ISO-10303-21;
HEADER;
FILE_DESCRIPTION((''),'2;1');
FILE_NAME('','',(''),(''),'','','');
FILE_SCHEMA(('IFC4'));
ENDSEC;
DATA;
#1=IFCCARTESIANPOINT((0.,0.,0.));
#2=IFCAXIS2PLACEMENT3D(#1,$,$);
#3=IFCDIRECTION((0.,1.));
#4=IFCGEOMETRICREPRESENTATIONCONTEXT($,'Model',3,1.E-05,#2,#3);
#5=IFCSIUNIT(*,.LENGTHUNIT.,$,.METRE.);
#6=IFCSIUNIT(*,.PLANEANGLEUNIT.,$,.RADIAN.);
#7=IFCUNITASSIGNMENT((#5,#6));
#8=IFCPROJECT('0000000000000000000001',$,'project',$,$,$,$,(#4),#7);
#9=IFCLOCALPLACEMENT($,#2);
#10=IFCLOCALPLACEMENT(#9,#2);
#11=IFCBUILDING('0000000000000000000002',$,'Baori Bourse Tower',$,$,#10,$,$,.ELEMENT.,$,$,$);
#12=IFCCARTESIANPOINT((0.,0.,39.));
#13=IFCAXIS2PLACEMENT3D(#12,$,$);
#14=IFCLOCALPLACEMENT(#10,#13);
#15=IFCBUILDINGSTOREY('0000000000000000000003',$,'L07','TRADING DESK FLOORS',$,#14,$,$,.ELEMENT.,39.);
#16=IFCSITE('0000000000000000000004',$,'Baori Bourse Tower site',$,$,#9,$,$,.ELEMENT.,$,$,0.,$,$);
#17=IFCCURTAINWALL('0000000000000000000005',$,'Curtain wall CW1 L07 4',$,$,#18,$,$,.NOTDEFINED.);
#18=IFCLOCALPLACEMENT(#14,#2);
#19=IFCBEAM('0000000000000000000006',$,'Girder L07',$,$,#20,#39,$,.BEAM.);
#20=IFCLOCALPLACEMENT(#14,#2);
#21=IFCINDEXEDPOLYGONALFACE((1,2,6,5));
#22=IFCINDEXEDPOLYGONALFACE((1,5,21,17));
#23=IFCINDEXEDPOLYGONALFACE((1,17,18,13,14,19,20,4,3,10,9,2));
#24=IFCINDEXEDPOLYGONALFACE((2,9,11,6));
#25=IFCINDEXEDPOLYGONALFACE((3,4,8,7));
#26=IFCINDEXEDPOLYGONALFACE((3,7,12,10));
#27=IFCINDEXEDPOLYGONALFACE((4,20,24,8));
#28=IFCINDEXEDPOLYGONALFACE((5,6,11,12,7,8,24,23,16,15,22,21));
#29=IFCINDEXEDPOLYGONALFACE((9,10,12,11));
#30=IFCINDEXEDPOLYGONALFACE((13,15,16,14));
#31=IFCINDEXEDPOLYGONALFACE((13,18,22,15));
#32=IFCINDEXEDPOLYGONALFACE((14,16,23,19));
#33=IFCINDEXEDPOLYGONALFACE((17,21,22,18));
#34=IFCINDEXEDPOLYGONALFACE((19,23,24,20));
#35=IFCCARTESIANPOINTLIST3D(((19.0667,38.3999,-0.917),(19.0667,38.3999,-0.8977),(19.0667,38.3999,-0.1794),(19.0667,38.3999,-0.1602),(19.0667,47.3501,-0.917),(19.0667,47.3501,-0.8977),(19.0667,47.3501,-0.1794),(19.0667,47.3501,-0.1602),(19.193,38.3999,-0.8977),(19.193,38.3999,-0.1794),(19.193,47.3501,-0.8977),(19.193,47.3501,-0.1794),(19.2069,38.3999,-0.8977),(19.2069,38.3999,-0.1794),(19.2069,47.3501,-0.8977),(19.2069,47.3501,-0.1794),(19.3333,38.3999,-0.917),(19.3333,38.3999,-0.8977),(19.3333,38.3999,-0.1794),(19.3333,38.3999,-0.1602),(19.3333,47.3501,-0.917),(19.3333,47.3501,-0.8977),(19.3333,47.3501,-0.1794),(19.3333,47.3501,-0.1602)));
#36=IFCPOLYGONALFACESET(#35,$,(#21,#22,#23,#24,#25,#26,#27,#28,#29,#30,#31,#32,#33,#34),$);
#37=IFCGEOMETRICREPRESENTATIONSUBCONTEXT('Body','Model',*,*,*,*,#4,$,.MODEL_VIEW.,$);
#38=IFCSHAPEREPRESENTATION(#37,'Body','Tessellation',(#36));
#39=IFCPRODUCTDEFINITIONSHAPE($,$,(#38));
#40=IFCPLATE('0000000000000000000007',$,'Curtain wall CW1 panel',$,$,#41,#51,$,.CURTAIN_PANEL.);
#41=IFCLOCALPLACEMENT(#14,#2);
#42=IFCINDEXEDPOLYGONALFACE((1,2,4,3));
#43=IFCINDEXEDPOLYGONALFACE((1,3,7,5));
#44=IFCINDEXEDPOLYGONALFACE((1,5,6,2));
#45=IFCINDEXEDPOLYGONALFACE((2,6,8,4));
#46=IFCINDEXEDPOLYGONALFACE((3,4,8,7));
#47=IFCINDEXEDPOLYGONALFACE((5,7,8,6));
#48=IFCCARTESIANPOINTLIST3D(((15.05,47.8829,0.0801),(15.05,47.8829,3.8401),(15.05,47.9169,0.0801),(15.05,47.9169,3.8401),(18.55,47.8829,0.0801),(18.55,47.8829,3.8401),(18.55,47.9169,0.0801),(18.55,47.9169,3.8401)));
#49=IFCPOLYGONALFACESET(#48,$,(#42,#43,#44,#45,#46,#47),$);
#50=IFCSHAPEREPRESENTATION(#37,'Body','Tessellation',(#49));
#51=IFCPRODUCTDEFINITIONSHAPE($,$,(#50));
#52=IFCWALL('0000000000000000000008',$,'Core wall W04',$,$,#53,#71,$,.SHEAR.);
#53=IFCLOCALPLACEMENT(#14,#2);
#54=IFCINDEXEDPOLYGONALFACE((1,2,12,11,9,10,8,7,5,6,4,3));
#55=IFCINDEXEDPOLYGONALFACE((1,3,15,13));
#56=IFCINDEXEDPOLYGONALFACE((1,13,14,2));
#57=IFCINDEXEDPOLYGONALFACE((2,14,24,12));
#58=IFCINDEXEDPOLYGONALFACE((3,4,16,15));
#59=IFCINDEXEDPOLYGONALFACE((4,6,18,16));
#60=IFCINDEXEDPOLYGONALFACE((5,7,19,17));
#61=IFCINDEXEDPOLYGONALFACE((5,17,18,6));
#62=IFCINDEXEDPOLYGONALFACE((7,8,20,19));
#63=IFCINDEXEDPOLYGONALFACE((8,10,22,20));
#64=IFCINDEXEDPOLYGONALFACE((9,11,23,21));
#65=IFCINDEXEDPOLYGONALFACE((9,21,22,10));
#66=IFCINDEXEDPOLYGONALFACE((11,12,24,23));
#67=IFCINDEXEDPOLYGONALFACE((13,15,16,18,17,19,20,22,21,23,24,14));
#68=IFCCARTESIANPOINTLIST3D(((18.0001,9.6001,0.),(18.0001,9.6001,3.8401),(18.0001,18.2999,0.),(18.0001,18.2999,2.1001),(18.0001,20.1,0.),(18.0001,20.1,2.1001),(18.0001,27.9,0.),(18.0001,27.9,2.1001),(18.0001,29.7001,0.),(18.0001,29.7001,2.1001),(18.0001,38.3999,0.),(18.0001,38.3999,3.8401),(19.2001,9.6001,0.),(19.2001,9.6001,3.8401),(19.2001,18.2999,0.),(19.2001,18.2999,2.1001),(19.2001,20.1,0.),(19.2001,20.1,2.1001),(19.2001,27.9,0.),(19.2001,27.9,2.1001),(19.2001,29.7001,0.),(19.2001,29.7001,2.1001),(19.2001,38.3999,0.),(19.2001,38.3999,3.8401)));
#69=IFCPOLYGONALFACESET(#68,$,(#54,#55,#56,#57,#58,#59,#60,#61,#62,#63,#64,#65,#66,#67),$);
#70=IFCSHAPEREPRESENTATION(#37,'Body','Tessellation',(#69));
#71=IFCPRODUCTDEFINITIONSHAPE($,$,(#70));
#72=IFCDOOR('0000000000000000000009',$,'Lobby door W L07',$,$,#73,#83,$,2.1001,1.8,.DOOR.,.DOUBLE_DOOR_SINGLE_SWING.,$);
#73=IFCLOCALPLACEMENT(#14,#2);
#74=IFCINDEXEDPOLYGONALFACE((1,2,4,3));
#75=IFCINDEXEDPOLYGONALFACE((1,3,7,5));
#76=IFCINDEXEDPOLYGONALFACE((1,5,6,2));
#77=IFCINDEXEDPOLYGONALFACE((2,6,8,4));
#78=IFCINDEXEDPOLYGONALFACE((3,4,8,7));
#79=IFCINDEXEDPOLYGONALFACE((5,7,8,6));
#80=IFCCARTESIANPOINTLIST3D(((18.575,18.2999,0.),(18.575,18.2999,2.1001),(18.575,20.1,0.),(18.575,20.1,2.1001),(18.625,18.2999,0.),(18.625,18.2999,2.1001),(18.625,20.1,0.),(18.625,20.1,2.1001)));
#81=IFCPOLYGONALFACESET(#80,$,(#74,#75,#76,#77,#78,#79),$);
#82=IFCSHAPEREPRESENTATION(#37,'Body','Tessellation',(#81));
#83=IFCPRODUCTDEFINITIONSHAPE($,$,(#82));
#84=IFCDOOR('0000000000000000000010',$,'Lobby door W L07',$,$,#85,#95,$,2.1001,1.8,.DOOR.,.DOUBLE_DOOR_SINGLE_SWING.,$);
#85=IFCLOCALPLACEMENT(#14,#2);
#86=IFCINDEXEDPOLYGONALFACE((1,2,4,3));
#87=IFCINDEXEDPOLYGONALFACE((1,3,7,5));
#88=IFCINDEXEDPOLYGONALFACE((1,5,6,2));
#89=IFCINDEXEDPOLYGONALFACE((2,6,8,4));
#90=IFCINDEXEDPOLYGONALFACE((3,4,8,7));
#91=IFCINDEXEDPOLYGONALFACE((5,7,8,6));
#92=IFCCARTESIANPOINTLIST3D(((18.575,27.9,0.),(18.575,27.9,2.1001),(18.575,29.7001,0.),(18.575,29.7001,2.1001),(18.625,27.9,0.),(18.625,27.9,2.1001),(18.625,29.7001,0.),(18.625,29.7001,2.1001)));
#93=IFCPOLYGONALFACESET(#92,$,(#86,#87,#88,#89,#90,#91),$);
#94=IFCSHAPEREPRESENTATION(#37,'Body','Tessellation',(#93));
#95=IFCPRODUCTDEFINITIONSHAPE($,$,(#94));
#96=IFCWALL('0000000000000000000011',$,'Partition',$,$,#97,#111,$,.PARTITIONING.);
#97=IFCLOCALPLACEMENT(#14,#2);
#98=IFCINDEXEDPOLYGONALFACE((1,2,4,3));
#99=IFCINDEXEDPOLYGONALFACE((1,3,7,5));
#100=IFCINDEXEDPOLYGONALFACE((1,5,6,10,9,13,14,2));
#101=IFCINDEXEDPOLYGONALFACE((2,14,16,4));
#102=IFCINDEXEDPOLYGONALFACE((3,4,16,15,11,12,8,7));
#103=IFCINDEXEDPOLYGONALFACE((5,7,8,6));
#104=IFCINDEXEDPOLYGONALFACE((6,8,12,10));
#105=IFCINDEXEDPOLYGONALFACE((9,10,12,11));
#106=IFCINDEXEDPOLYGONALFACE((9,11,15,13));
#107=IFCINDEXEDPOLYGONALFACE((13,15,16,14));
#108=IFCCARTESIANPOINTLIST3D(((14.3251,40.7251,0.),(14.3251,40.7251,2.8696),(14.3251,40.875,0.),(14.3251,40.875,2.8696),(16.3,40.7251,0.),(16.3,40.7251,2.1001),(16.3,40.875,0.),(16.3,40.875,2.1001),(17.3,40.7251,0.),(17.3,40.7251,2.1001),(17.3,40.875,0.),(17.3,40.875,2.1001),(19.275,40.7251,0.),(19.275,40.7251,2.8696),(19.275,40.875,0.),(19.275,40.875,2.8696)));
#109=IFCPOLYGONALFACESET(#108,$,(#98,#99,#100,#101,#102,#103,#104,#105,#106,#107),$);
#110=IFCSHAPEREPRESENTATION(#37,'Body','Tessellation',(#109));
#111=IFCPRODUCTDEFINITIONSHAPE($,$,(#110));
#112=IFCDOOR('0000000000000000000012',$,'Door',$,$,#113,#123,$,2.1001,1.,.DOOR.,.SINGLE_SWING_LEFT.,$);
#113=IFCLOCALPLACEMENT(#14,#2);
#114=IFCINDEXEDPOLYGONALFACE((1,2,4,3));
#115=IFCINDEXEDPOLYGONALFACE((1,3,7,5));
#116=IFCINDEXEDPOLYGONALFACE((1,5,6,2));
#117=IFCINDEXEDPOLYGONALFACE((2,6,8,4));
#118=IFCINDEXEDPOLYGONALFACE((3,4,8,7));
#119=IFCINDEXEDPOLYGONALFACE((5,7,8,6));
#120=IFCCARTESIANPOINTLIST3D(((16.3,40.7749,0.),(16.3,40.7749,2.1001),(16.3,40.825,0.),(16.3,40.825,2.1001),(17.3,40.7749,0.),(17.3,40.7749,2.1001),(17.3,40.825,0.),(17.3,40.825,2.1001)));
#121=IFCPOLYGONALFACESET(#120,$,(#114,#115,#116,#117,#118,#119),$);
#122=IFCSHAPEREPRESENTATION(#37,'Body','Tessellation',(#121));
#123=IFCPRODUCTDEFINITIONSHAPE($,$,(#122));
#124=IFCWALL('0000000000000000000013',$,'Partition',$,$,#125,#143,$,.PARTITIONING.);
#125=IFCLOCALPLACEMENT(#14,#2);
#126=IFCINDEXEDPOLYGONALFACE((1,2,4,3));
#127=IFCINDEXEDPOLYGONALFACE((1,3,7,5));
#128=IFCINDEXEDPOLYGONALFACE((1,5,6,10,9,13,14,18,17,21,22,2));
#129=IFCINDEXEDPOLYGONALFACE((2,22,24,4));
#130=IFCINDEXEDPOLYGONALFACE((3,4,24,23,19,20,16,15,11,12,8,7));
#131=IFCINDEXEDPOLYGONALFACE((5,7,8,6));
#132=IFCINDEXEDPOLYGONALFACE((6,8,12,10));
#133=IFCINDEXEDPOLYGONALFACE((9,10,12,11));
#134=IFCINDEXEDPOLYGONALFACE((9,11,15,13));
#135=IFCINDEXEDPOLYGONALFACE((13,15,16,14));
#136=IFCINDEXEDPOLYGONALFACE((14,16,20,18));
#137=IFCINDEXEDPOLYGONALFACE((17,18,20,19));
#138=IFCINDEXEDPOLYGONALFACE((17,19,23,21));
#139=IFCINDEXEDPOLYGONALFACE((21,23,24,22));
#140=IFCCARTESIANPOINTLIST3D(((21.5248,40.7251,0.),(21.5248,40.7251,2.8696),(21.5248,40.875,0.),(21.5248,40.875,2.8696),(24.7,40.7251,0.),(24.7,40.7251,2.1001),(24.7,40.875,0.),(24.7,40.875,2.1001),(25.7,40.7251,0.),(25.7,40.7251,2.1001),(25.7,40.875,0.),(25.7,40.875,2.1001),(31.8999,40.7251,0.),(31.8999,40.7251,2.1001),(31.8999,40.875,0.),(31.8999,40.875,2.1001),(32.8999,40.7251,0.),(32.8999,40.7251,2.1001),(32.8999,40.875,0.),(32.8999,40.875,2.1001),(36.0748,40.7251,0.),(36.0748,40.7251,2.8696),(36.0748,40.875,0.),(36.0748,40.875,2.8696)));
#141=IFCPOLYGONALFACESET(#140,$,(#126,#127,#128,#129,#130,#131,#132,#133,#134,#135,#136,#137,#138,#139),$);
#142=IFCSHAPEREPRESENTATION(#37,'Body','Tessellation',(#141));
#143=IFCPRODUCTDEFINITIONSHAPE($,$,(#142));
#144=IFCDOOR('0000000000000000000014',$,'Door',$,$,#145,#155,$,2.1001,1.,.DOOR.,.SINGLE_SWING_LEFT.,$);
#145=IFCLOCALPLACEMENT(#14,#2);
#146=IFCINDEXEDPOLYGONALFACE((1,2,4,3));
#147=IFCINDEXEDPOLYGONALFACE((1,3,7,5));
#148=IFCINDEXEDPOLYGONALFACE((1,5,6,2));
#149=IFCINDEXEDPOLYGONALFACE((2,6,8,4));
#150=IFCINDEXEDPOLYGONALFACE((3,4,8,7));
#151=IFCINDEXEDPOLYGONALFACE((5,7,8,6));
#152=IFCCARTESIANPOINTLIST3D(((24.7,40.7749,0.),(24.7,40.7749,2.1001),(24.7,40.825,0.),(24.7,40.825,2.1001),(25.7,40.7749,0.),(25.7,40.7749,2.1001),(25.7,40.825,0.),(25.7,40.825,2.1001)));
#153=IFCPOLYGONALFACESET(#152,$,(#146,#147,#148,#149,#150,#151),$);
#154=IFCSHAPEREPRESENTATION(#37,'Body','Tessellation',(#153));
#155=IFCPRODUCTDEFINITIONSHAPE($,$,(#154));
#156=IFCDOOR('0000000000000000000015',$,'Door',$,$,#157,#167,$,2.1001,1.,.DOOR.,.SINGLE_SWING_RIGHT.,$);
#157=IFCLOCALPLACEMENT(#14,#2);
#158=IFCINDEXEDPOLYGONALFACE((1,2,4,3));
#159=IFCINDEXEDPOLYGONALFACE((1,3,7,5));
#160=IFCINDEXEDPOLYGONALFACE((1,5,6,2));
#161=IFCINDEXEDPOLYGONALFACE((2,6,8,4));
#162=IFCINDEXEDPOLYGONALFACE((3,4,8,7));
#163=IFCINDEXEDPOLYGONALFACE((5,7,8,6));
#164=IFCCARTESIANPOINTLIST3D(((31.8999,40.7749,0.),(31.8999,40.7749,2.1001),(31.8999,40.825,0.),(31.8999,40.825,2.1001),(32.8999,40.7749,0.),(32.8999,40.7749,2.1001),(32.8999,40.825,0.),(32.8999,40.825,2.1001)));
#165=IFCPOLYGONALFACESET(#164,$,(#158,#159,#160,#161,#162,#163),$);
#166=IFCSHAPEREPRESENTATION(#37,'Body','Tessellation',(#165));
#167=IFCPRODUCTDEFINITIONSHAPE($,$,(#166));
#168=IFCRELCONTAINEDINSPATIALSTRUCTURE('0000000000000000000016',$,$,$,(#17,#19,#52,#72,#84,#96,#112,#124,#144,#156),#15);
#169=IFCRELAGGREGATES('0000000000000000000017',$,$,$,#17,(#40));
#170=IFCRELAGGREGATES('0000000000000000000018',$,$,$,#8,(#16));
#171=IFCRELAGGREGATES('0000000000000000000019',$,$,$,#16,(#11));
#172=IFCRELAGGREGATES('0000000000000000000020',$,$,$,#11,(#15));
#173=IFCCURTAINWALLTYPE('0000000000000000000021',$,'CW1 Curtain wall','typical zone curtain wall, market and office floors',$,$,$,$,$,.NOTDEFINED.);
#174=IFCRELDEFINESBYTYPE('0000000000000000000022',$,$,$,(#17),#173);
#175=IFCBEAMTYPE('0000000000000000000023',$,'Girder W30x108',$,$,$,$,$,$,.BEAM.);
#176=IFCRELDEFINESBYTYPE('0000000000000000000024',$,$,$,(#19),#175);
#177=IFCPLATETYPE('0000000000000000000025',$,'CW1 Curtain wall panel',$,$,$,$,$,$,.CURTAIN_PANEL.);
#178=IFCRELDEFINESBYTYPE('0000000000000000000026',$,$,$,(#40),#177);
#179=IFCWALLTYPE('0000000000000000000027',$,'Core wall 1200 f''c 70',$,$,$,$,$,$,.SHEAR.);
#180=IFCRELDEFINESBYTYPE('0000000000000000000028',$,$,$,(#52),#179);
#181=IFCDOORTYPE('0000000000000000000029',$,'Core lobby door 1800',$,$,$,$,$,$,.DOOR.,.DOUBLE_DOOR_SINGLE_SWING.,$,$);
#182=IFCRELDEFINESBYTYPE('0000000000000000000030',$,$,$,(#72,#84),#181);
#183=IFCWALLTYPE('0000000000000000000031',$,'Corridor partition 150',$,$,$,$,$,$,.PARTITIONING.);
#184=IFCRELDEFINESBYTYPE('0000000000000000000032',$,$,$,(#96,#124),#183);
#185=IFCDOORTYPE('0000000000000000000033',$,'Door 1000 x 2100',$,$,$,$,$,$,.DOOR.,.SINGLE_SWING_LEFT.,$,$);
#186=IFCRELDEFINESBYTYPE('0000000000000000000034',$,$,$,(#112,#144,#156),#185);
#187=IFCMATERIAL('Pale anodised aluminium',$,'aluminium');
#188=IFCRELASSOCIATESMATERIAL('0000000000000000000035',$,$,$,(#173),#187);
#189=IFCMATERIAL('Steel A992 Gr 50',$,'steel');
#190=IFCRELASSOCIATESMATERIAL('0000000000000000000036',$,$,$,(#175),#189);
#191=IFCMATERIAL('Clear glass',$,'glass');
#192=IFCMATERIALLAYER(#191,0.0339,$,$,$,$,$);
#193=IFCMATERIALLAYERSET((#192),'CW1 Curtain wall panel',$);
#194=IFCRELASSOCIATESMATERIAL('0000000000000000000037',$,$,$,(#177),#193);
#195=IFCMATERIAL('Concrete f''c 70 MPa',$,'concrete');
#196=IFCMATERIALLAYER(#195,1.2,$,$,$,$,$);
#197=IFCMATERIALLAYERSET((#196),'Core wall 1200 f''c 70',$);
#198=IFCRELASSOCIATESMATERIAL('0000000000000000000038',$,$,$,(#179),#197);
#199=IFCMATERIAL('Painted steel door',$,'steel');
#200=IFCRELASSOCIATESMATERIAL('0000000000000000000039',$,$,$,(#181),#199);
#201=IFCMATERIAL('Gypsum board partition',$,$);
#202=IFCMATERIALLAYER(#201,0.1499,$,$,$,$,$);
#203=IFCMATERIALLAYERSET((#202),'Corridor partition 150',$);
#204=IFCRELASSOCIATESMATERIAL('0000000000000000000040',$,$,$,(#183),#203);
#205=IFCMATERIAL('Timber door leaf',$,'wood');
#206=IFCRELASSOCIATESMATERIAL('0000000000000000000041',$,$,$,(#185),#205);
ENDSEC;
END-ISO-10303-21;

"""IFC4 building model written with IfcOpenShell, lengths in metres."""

from ifc_helpers import new_model, si_unit, direction, frame, frame_2d, origin, origin_2d, place, context, subcontext, project, spatial, rectangle, i_section, extrude, material, layer, layer_set, material_profile, profile_set, type_object, element, fill, aggregate, save


model = new_model("IFC4")

# Units and contexts
model_context = context("Model", 3, precision=1e-05, world=origin(), true_north=direction((0.0, 1.0)))
body_context = subcontext(model_context, "Body", "Model", "MODEL_VIEW")
ifc_project = project(units=[si_unit("LENGTHUNIT", "METRE"), si_unit("PLANEANGLEUNIT", "RADIAN")], contexts=[model_context])

# Site, building, storey
site_placement = place(None, origin())
site = spatial("IfcSite", under=ifc_project, at=site_placement, Name="Baori Bourse Tower site", CompositionType="ELEMENT", RefElevation=0.0)
building_placement = place(site_placement, origin())
building = spatial("IfcBuilding", under=site, at=building_placement, Name="Baori Bourse Tower", CompositionType="ELEMENT")
storey_placement = place(building_placement, frame((0.0, 0.0, 39.0)))
storey = spatial("IfcBuildingStorey", under=building, at=storey_placement, Name="L07", Description="TRADING DESK FLOORS", CompositionType="ELEMENT", Elevation=39.0)

# Curtain wall
ifc_material_1 = material(Name="Pale anodised aluminium", Category="aluminium")
curtain_wall_type = type_object("IfcCurtainWallType", Name="CW1 Curtain wall", Description="typical zone curtain wall, market and office floors", PredefinedType="NOTDEFINED", material=ifc_material_1)
curtain_wall_placement = place(storey_placement, origin())
curtain_wall = element("IfcCurtainWall", 1, at=curtain_wall_placement, inside=storey, type_object=curtain_wall_type, Name="Curtain wall CW1 L07 4", PredefinedType="NOTDEFINED")

# Beam
ifc_material_2 = material(Name="Steel A992 Gr 50", Category="steel")
ifc_material_profile_1 = material_profile(ifc_material_2, i_section(OverallWidth=0.2666, OverallDepth=0.7568, WebThickness=0.0139, FlangeThickness=0.0193, at=origin_2d()), Name="W30x108")
ifc_profile_set_1 = profile_set([ifc_material_profile_1], Name="Steel A992 Gr 50")
beam_type_1 = type_object("IfcBeamType", Name="Girder W30x108", PredefinedType="BEAM", material=ifc_profile_set_1)
beam_1_placement = place(storey_placement, frame((19.2, 38.3999, -0.5386), z_axis=(0.0, 1.0, 0.0), x_axis=(-1.0, 0.0, 0.0)))
element("IfcBeam", 2, at=beam_1_placement, inside=storey, type_object=beam_type_1, Name="Girder L07", PredefinedType="BEAM", context=body_context, shape_type="SweptSolid", body=[
    extrude(i_section(OverallWidth=0.2666, OverallDepth=0.7568, WebThickness=0.0139, FlangeThickness=0.0193, at=origin_2d()), origin(), (0.0, 0.0, 1.0), 8.9502),
])

# Plate
ifc_material_3 = material(Name="Clear glass", Category="glass")
ifc_layer_1 = layer(ifc_material_3, 0.0339)
ifc_layer_set_1 = layer_set([ifc_layer_1], Name="CW1 Curtain wall panel")
plate_type = type_object("IfcPlateType", Name="CW1 Curtain wall panel", PredefinedType="CURTAIN_PANEL", material=ifc_layer_set_1)
plate_placement = place(storey_placement, frame((16.8, 47.8999, 0.0801), z_axis=(0.0, 0.0, 1.0), x_axis=(-1.0, 0.0, 0.0)))
plate = element("IfcPlate", 3, at=plate_placement, type_object=plate_type, Name="Curtain wall CW1 panel", PredefinedType="CURTAIN_PANEL", context=body_context, shape_type="SweptSolid", body=[
    extrude(rectangle(XDim=3.5, YDim=0.0339, at=origin_2d()), origin(), (0.0, 0.0, 1.0), 3.76),
])
aggregate(curtain_wall, [plate])

# Wall, openings, doors
ifc_material_4 = material(Name="Concrete f'c 70 MPa", Category="concrete")
ifc_layer_2 = layer(ifc_material_4, 1.2)
ifc_layer_set_2 = layer_set([ifc_layer_2], Name="Core wall 1200 f'c 70")
wall_type_1 = type_object("IfcWallType", Name="Core wall 1200 f'c 70", PredefinedType="SHEAR", material=ifc_layer_set_2)
wall_1_placement = place(storey_placement, frame((18.6001, 38.3999, 0.0), z_axis=(0.0, 0.0, 1.0), x_axis=(0.0, -1.0, 0.0)))
wall_1 = element("IfcWall", 4, at=wall_1_placement, inside=storey, type_object=wall_type_1, Name="Core wall W04", PredefinedType="SHEAR", context=body_context, shape_type="SweptSolid", body=[
    extrude(rectangle(XDim=28.7998, YDim=1.2, at=frame_2d((14.3999, 0.0))), origin(), (0.0, 0.0, 1.0), 3.8401),
])
opening_1_placement = place(wall_1_placement, frame((18.3, 0.0, 0.0)))
opening_1 = element("IfcOpeningElement", 5, at=opening_1_placement, cuts=wall_1, PredefinedType="OPENING", context=body_context, shape_type="SweptSolid", body=[
    extrude(rectangle(XDim=1.8, YDim=2.1001, at=frame_2d((0.8999, 1.05))), frame((0.0, 0.6099, 0.0), z_axis=(0.0, -1.0, 0.0), x_axis=(1.0, 0.0, 0.0)), (0.0, 0.0, 1.0), 1.22),
])
opening_2_placement = place(wall_1_placement, frame((8.7, 0.0, 0.0)))
opening_2 = element("IfcOpeningElement", 6, at=opening_2_placement, cuts=wall_1, PredefinedType="OPENING", context=body_context, shape_type="SweptSolid", body=[
    extrude(rectangle(XDim=1.8, YDim=2.1001, at=frame_2d((0.8999, 1.05))), frame((0.0, 0.6099, 0.0), z_axis=(0.0, -1.0, 0.0), x_axis=(1.0, 0.0, 0.0)), (0.0, 0.0, 1.0), 1.22),
])
ifc_material_5 = material(Name="Painted steel door", Category="steel")
door_type_1 = type_object("IfcDoorType", Name="Core lobby door 1800", OperationType="DOUBLE_DOOR_SINGLE_SWING", PredefinedType="DOOR", material=ifc_material_5)
door_1_placement = place(opening_1_placement, origin())
door_1 = element("IfcDoor", 7, at=door_1_placement, inside=storey, type_object=door_type_1, Name="Lobby door W L07", OperationType="DOUBLE_DOOR_SINGLE_SWING", OverallHeight=2.1001, OverallWidth=1.8, PredefinedType="DOOR", context=body_context, shape_type="SweptSolid", body=[
    extrude(rectangle(XDim=1.8, YDim=2.1001, at=frame_2d((0.8999, 1.05))), frame((0.0, 0.0249, 0.0), z_axis=(0.0, -1.0, 0.0), x_axis=(1.0, 0.0, 0.0)), (0.0, 0.0, 1.0), 0.05),
])
fill(opening_1, door_1)
door_2_placement = place(opening_2_placement, origin())
door_2 = element("IfcDoor", 8, at=door_2_placement, inside=storey, type_object=door_type_1, Name="Lobby door W L07", OperationType="DOUBLE_DOOR_SINGLE_SWING", OverallHeight=2.1001, OverallWidth=1.8, PredefinedType="DOOR", context=body_context, shape_type="SweptSolid", body=[
    extrude(rectangle(XDim=1.8, YDim=2.1001, at=frame_2d((0.8999, 1.05))), frame((0.0, 0.0249, 0.0), z_axis=(0.0, -1.0, 0.0), x_axis=(1.0, 0.0, 0.0)), (0.0, 0.0, 1.0), 0.05),
])
fill(opening_2, door_2)

# Wall, opening, door
ifc_material_6 = material(Name="Gypsum board partition")
ifc_layer_3 = layer(ifc_material_6, 0.1499)
ifc_layer_set_3 = layer_set([ifc_layer_3], Name="Corridor partition 150")
wall_type_2 = type_object("IfcWallType", Name="Corridor partition 150", PredefinedType="PARTITIONING", material=ifc_layer_set_3)
wall_2_placement = place(storey_placement, frame((14.325, 40.8, 0.0), z_axis=(0.0, 0.0, 1.0), x_axis=(1.0, 0.0, 0.0)))
wall_2 = element("IfcWall", 9, at=wall_2_placement, inside=storey, type_object=wall_type_2, Name="Partition", PredefinedType="PARTITIONING", context=body_context, shape_type="SweptSolid", body=[
    extrude(rectangle(XDim=4.95, YDim=0.1499, at=frame_2d((2.4751, 0.0))), origin(), (0.0, 0.0, 1.0), 2.8696),
])
opening_3_placement = place(wall_2_placement, frame((1.9751, 0.0, 0.0)))
opening_3 = element("IfcOpeningElement", 10, at=opening_3_placement, cuts=wall_2, PredefinedType="OPENING", context=body_context, shape_type="SweptSolid", body=[
    extrude(rectangle(XDim=1.0, YDim=2.1001, at=frame_2d((0.5, 1.05))), frame((0.0, 0.085, 0.0), z_axis=(0.0, -1.0, 0.0), x_axis=(1.0, 0.0, 0.0)), (0.0, 0.0, 1.0), 0.1699),
])
ifc_material_7 = material(Name="Timber door leaf", Category="wood")
door_type_2 = type_object("IfcDoorType", Name="Door 1000 x 2100", OperationType="SINGLE_SWING_LEFT", PredefinedType="DOOR", material=ifc_material_7)
door_3_placement = place(opening_3_placement, origin())
door_3 = element("IfcDoor", 11, at=door_3_placement, inside=storey, type_object=door_type_2, Name="Door", OperationType="SINGLE_SWING_LEFT", OverallHeight=2.1001, OverallWidth=1.0, PredefinedType="DOOR", context=body_context, shape_type="SweptSolid", body=[
    extrude(rectangle(XDim=1.0, YDim=2.1001, at=frame_2d((0.5, 1.05))), frame((0.0, 0.0249, 0.0), z_axis=(0.0, -1.0, 0.0), x_axis=(1.0, 0.0, 0.0)), (0.0, 0.0, 1.0), 0.05),
])
fill(opening_3, door_3)

# Wall, openings, doors
wall_3_placement = place(storey_placement, frame((21.5249, 40.8, 0.0), z_axis=(0.0, 0.0, 1.0), x_axis=(1.0, 0.0, 0.0)))
wall_3 = element("IfcWall", 12, at=wall_3_placement, inside=storey, type_object=wall_type_2, Name="Partition", PredefinedType="PARTITIONING", context=body_context, shape_type="SweptSolid", body=[
    extrude(rectangle(XDim=14.55, YDim=0.1499, at=frame_2d((7.2749, 0.0))), origin(), (0.0, 0.0, 1.0), 2.8696),
])
opening_4_placement = place(wall_3_placement, frame((3.175, 0.0, 0.0)))
opening_4 = element("IfcOpeningElement", 13, at=opening_4_placement, cuts=wall_3, PredefinedType="OPENING", context=body_context, shape_type="SweptSolid", body=[
    extrude(rectangle(XDim=1.0, YDim=2.1001, at=frame_2d((0.5, 1.05))), frame((0.0, 0.085, 0.0), z_axis=(0.0, -1.0, 0.0), x_axis=(1.0, 0.0, 0.0)), (0.0, 0.0, 1.0), 0.1699),
])
opening_5_placement = place(wall_3_placement, frame((10.375, 0.0, 0.0)))
opening_5 = element("IfcOpeningElement", 14, at=opening_5_placement, cuts=wall_3, PredefinedType="OPENING", context=body_context, shape_type="SweptSolid", body=[
    extrude(rectangle(XDim=1.0, YDim=2.1001, at=frame_2d((0.5, 1.05))), frame((0.0, 0.085, 0.0), z_axis=(0.0, -1.0, 0.0), x_axis=(1.0, 0.0, 0.0)), (0.0, 0.0, 1.0), 0.1699),
])
door_4_placement = place(opening_4_placement, origin())
door_4 = element("IfcDoor", 15, at=door_4_placement, inside=storey, type_object=door_type_2, Name="Door", OperationType="SINGLE_SWING_LEFT", OverallHeight=2.1001, OverallWidth=1.0, PredefinedType="DOOR", context=body_context, shape_type="SweptSolid", body=[
    extrude(rectangle(XDim=1.0, YDim=2.1001, at=frame_2d((0.5, 1.05))), frame((0.0, 0.0249, 0.0), z_axis=(0.0, -1.0, 0.0), x_axis=(1.0, 0.0, 0.0)), (0.0, 0.0, 1.0), 0.05),
])
fill(opening_4, door_4)
door_5_placement = place(opening_5_placement, origin())
door_5 = element("IfcDoor", 16, at=door_5_placement, inside=storey, type_object=door_type_2, Name="Door", OperationType="SINGLE_SWING_RIGHT", OverallHeight=2.1001, OverallWidth=1.0, PredefinedType="DOOR", context=body_context, shape_type="SweptSolid", body=[
    extrude(rectangle(XDim=1.0, YDim=2.1001, at=frame_2d((0.5, 1.05))), frame((0.0, 0.0249, 0.0), z_axis=(0.0, -1.0, 0.0), x_axis=(1.0, 0.0, 0.0)), (0.0, 0.0, 1.0), 0.05),
])
fill(opening_5, door_5)

save(model, "model.ifc")
